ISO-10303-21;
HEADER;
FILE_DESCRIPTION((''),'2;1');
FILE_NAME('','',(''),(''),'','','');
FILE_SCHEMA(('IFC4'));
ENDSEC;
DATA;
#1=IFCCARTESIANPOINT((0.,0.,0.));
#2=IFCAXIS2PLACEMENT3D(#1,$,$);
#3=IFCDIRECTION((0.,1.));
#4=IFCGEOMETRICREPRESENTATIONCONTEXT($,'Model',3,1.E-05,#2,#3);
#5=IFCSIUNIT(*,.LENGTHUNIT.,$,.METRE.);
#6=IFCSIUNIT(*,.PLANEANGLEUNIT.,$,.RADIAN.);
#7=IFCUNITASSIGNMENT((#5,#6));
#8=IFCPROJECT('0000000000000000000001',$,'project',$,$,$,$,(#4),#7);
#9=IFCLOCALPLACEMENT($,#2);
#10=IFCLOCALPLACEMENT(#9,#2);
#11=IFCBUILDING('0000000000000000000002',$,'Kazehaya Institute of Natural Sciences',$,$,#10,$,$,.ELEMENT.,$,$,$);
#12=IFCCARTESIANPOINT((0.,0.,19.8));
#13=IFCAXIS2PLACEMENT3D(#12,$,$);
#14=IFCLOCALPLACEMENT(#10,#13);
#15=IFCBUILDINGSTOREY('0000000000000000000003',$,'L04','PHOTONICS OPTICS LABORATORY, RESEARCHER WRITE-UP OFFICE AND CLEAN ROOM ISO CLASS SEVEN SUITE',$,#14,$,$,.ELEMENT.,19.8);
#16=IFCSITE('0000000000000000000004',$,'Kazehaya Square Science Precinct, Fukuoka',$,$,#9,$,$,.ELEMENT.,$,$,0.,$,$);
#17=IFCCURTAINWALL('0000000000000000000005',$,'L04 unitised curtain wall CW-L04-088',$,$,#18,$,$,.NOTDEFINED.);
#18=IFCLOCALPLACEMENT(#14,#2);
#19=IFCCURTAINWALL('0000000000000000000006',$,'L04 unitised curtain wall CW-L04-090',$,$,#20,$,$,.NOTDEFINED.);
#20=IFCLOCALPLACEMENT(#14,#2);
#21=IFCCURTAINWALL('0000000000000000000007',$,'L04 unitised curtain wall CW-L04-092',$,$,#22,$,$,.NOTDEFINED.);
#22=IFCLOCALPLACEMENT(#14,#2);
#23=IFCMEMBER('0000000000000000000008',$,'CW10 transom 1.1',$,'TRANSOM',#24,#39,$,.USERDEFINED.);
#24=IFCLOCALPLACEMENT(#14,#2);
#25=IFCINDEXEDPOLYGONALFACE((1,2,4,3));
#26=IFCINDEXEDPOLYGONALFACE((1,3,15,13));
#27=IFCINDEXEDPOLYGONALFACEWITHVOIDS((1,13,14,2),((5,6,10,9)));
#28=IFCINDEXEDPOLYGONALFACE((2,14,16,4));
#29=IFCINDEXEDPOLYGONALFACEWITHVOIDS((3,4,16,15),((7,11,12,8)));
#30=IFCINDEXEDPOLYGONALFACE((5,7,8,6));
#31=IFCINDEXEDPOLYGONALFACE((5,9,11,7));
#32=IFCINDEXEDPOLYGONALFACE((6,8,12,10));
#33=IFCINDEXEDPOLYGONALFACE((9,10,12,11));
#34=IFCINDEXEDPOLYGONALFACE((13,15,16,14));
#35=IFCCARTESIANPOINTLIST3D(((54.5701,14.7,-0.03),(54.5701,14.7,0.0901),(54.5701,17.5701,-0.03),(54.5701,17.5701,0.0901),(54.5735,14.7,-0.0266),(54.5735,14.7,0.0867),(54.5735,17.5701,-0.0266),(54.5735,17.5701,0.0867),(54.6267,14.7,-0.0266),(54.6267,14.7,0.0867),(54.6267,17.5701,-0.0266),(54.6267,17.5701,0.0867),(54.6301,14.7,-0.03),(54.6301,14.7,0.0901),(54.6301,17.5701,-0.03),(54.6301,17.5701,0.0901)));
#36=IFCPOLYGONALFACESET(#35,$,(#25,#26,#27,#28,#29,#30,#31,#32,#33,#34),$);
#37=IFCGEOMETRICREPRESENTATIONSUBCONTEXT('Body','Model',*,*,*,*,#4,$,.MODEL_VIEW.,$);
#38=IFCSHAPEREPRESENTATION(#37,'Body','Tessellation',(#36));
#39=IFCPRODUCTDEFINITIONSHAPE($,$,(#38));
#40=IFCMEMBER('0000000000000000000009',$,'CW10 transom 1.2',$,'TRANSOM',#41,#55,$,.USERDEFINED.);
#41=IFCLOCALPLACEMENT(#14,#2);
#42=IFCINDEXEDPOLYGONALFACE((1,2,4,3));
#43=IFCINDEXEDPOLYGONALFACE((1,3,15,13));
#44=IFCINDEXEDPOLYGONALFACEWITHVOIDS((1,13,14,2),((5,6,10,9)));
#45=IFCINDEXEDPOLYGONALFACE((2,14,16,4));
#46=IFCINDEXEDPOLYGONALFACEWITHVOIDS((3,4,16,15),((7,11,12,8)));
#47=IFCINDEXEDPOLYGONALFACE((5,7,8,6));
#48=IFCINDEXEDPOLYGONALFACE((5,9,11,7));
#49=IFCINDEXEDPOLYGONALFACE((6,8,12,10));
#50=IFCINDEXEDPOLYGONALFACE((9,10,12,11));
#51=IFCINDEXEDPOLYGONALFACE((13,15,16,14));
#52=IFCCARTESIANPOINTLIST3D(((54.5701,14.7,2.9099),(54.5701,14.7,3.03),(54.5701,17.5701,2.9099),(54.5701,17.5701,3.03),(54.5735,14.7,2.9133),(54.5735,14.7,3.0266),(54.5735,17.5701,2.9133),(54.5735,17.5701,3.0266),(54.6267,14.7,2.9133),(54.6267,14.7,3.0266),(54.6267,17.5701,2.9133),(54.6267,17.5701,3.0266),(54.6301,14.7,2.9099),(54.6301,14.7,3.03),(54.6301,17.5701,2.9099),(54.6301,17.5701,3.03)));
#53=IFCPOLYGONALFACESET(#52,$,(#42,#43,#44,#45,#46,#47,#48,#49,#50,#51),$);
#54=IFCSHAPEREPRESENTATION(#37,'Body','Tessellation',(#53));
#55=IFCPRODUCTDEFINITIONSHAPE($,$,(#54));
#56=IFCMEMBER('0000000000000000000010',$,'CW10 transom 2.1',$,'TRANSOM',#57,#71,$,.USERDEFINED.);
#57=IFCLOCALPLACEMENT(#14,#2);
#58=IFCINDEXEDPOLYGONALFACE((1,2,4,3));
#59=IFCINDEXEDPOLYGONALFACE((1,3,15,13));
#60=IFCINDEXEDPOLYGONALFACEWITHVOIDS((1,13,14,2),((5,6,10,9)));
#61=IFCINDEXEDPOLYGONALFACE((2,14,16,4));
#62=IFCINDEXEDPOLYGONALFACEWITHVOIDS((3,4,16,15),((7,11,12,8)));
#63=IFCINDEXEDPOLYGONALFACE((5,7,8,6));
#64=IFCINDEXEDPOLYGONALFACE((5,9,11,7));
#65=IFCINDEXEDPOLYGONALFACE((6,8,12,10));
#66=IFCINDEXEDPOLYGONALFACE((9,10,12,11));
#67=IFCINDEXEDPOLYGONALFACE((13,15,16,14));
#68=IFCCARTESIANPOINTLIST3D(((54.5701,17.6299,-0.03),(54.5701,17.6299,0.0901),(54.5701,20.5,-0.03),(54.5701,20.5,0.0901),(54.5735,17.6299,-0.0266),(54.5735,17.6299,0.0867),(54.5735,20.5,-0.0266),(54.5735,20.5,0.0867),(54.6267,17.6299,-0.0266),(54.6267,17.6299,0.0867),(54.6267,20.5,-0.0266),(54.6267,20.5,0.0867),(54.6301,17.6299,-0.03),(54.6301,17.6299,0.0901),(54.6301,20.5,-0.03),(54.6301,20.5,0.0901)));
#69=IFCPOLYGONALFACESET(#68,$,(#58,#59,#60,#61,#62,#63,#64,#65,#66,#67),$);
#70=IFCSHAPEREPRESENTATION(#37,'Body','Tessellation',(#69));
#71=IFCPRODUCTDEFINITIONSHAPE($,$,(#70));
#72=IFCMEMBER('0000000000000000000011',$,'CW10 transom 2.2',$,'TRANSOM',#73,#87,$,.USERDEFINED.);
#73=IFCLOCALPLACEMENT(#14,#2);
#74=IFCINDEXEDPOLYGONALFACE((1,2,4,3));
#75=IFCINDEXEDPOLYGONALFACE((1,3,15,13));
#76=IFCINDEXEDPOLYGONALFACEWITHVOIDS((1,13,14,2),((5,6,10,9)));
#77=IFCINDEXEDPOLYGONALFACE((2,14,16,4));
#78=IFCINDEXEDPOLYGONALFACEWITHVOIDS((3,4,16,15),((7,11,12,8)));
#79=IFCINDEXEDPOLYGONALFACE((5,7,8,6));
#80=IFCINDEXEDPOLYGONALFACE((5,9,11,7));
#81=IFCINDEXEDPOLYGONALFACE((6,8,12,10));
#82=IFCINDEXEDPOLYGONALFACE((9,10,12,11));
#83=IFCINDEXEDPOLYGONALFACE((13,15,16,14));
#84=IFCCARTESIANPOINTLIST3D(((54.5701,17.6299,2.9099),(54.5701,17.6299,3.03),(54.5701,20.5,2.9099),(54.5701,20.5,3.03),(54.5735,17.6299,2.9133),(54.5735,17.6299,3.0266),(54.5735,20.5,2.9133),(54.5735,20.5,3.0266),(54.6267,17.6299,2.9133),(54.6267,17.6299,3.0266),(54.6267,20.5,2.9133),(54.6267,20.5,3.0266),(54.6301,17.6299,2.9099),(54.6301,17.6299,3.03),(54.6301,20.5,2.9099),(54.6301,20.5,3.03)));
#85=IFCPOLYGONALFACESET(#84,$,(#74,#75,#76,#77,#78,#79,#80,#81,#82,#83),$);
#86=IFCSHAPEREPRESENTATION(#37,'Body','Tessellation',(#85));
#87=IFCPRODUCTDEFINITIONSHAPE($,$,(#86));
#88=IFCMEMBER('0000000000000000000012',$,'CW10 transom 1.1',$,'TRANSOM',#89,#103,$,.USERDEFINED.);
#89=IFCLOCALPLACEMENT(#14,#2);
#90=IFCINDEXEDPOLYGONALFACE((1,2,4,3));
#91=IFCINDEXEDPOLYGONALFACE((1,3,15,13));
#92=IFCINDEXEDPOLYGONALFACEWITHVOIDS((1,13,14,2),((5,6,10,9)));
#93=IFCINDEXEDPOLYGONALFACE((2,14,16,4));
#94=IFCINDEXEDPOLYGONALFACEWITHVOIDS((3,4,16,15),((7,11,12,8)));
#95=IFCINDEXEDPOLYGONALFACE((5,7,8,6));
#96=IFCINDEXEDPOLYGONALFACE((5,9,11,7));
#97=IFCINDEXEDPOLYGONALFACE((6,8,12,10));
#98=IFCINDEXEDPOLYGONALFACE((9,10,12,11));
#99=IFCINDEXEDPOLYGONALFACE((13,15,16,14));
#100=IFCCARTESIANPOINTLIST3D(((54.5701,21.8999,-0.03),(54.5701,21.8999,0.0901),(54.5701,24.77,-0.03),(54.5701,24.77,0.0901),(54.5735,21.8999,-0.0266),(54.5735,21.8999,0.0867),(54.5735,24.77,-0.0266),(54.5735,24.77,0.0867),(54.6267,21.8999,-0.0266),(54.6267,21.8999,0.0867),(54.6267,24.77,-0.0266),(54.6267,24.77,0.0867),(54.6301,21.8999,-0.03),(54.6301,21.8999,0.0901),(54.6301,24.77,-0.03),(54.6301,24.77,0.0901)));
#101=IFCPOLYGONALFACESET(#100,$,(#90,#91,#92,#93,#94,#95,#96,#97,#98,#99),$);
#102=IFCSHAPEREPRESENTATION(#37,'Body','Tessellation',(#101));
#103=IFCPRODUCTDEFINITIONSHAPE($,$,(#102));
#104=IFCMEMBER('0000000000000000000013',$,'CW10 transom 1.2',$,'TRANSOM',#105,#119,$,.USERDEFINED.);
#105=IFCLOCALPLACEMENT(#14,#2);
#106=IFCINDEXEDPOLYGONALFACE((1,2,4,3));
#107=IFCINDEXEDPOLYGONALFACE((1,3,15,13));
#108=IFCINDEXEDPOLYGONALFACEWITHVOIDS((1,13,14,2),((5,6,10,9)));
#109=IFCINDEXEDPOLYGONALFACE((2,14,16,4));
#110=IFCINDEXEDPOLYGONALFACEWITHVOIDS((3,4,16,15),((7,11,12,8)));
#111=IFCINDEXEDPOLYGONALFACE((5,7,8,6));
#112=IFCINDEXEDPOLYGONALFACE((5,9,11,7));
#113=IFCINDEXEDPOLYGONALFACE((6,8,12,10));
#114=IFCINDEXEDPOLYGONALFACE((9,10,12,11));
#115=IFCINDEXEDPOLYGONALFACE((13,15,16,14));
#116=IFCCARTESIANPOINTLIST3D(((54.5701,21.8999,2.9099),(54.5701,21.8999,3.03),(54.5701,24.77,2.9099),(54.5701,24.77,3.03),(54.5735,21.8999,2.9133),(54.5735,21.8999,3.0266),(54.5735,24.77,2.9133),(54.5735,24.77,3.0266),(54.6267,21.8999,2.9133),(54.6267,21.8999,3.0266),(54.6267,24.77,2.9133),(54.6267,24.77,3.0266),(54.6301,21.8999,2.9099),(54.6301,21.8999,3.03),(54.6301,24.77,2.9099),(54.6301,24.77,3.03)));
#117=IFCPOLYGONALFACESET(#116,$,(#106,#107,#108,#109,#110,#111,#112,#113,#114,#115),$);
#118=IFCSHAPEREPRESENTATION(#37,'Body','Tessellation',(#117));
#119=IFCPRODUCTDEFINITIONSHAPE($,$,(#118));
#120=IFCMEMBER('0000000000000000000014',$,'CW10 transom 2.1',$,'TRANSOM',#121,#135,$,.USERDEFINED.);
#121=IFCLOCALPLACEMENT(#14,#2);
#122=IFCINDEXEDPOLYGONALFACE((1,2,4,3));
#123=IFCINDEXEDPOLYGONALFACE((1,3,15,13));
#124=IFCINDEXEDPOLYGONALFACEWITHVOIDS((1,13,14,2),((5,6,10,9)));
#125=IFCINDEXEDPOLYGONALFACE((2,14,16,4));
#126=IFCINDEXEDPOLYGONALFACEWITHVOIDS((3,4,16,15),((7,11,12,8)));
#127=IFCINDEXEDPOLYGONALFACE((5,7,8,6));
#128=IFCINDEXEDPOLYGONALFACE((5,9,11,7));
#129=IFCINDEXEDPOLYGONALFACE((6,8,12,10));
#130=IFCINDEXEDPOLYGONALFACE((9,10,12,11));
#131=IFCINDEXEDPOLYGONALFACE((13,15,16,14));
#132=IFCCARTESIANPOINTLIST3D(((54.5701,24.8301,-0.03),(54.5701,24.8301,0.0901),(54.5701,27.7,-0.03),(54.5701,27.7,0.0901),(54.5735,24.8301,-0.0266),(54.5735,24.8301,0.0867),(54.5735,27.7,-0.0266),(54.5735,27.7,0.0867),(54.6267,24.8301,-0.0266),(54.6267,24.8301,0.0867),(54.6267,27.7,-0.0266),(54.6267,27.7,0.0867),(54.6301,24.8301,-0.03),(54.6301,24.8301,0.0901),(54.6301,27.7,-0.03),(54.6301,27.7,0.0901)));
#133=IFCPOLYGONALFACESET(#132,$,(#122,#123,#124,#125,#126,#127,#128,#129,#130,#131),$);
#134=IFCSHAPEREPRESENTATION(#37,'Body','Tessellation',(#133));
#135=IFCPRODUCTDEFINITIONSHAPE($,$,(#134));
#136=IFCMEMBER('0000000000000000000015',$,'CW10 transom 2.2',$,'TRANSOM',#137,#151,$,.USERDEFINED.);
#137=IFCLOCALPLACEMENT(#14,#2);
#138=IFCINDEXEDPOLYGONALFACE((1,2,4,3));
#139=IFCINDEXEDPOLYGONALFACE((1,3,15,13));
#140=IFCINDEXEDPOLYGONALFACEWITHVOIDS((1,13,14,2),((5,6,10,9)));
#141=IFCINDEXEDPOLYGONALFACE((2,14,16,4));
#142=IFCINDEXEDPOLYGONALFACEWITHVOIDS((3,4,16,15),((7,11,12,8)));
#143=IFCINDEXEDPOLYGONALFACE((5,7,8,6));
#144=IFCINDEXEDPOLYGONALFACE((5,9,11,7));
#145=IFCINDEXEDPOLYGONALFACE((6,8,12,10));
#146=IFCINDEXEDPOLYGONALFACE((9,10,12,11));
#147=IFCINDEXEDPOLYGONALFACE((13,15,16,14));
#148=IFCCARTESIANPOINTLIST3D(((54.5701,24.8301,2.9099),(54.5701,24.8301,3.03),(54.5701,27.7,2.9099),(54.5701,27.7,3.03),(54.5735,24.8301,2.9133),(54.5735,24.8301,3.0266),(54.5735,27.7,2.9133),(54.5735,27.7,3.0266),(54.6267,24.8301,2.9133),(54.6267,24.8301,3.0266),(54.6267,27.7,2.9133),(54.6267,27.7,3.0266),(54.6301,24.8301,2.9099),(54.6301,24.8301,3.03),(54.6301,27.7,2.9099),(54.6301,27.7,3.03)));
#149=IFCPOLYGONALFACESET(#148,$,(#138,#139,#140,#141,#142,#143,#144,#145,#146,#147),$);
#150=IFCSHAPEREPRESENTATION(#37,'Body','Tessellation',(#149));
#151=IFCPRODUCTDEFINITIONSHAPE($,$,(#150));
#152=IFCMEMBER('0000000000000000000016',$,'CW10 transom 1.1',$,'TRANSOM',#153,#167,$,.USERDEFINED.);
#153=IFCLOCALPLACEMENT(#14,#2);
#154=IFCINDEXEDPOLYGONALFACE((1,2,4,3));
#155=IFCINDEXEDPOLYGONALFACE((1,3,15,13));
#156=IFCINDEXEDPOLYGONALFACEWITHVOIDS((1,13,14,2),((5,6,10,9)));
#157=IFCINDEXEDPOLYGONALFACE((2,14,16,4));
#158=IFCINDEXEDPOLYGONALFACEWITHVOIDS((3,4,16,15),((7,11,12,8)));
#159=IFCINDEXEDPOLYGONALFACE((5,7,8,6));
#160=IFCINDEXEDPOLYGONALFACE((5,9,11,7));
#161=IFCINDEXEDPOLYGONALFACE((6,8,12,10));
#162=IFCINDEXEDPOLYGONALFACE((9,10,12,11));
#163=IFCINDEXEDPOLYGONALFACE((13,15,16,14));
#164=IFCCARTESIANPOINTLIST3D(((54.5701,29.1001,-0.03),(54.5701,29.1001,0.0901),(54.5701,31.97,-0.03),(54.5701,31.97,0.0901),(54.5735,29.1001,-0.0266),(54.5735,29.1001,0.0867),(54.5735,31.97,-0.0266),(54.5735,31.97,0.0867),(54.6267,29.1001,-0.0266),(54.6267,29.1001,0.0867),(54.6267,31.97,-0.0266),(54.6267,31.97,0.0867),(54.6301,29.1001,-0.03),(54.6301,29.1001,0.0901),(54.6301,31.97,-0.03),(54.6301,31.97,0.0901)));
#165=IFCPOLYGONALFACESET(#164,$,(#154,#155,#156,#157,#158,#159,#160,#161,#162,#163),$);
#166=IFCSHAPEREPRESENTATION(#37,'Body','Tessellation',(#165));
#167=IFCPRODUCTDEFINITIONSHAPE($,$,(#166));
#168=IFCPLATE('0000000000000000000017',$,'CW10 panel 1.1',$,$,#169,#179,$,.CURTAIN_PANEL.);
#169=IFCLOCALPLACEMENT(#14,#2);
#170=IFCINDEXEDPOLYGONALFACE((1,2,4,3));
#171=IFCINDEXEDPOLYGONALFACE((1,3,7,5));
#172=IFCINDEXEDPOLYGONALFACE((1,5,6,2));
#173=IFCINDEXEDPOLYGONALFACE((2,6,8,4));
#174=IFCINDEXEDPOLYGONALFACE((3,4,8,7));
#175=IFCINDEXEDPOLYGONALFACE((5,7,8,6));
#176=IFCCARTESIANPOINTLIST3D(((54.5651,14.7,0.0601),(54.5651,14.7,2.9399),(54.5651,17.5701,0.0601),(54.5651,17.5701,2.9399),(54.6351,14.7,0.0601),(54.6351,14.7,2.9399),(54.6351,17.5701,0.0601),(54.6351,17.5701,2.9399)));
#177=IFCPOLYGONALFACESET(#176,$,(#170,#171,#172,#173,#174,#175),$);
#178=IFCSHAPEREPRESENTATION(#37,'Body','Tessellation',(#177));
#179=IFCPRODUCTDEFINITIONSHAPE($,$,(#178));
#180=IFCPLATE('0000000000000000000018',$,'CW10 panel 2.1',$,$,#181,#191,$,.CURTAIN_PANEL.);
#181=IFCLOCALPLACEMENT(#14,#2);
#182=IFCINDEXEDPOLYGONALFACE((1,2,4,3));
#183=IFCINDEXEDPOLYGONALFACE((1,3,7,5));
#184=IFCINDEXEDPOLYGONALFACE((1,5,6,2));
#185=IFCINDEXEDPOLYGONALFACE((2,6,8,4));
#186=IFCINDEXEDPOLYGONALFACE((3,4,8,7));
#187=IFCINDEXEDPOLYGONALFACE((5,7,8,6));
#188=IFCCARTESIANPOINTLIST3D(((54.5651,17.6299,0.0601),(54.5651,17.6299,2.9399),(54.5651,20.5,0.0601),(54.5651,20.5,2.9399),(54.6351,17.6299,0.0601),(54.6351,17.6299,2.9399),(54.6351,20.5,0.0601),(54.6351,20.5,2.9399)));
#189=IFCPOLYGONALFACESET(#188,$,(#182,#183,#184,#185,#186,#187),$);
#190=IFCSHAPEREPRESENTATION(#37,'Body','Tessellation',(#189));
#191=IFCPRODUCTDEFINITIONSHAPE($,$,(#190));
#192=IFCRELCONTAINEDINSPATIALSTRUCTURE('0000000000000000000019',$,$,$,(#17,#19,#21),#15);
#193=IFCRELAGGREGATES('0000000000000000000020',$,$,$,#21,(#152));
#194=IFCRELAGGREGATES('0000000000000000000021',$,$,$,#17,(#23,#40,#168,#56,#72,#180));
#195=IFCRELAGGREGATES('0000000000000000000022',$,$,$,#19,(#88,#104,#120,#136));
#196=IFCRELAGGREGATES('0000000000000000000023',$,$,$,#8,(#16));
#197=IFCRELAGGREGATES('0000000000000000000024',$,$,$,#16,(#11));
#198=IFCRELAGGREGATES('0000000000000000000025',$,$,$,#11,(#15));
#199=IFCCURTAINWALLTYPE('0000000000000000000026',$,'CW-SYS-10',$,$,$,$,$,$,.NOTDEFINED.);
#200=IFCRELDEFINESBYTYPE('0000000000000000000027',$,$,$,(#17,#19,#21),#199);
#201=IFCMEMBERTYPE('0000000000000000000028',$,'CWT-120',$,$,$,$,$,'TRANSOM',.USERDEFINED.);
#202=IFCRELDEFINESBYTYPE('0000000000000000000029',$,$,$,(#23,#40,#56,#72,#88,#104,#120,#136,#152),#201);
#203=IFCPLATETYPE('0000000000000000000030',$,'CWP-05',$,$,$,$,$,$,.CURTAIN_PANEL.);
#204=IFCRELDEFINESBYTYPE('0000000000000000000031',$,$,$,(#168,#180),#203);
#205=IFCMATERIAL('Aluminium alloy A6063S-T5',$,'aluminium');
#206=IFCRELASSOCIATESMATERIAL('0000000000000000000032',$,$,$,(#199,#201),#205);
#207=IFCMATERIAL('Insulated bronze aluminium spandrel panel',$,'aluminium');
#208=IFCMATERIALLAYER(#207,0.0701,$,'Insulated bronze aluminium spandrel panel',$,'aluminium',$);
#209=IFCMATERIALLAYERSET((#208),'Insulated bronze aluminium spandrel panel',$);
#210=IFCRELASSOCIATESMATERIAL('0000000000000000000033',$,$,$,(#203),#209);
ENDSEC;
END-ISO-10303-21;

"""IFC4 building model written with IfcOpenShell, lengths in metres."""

from ifc_helpers import new_model, si_unit, direction, frame, origin, origin_2d, place, context, subcontext, project, spatial, rectangle, hollow_rectangle, extrude, material, layer, layer_set, material_profile, profile_set, type_object, element, aggregate, save


model = new_model("IFC4")

# Units and contexts
model_context = context("Model", 3, precision=1e-05, world=origin(), true_north=direction((0.0, 1.0)))
body_context = subcontext(model_context, "Body", "Model", "MODEL_VIEW")
ifc_project = project(units=[si_unit("LENGTHUNIT", "METRE"), si_unit("PLANEANGLEUNIT", "RADIAN")], contexts=[model_context])

# Site, building, storey
site_placement = place(None, origin())
site = spatial("IfcSite", under=ifc_project, at=site_placement, Name="Kazehaya Square Science Precinct, Fukuoka", CompositionType="ELEMENT", RefElevation=0.0)
building_placement = place(site_placement, origin())
building = spatial("IfcBuilding", under=site, at=building_placement, Name="Kazehaya Institute of Natural Sciences", CompositionType="ELEMENT")
storey_placement = place(building_placement, frame((0.0, 0.0, 19.8)))
storey = spatial("IfcBuildingStorey", under=building, at=storey_placement, Name="L04", Description="PHOTONICS OPTICS LABORATORY, RESEARCHER WRITE-UP OFFICE AND CLEAN ROOM ISO CLASS SEVEN SUITE", CompositionType="ELEMENT", Elevation=19.8)

# Curtain walls
ifc_material_1 = material(Name="Aluminium alloy A6063S-T5", Category="aluminium")
curtain_wall_type = type_object("IfcCurtainWallType", Name="CW-SYS-10", PredefinedType="NOTDEFINED", material=ifc_material_1)
curtain_wall_1_placement = place(storey_placement, origin())
curtain_wall_1 = element("IfcCurtainWall", 1, at=curtain_wall_1_placement, inside=storey, type_object=curtain_wall_type, Name="L04 unitised curtain wall CW-L04-088", PredefinedType="NOTDEFINED")
curtain_wall_2_placement = place(storey_placement, origin())
curtain_wall_2 = element("IfcCurtainWall", 2, at=curtain_wall_2_placement, inside=storey, type_object=curtain_wall_type, Name="L04 unitised curtain wall CW-L04-090", PredefinedType="NOTDEFINED")

# Curtain wall
curtain_wall_3_placement = place(storey_placement, origin())
curtain_wall_3 = element("IfcCurtainWall", 3, at=curtain_wall_3_placement, inside=storey, type_object=curtain_wall_type, Name="L04 unitised curtain wall CW-L04-092", PredefinedType="NOTDEFINED")

# Members
ifc_material_profile_1 = material_profile(ifc_material_1, hollow_rectangle(XDim=0.0601, YDim=0.1201, WallThickness=0.0034, at=origin_2d()), Name="ALU-60x120x3.5")
ifc_profile_set_1 = profile_set([ifc_material_profile_1], Name="Aluminium alloy A6063S-T5")
member_type_1 = type_object("IfcMemberType", Name="CWT-120", ElementType="TRANSOM", PredefinedType="USERDEFINED", material=ifc_profile_set_1)
member_1_placement = place(storey_placement, frame((54.6001, 14.7, 0.03), z_axis=(0.0, 1.0, 0.0), x_axis=(-1.0, 0.0, 0.0)))
member_1 = element("IfcMember", 4, at=member_1_placement, type_object=member_type_1, Name="CW10 transom 1.1", ObjectType="TRANSOM", PredefinedType="USERDEFINED", context=body_context, shape_type="SweptSolid", body=[
    extrude(hollow_rectangle(XDim=0.0601, YDim=0.1201, WallThickness=0.0034, at=origin_2d()), origin(), (0.0, 0.0, 1.0), 2.8701),
])
member_2_placement = place(storey_placement, frame((54.6001, 14.7, 2.97), z_axis=(0.0, 1.0, 0.0), x_axis=(-1.0, 0.0, 0.0)))
member_2 = element("IfcMember", 5, at=member_2_placement, type_object=member_type_1, Name="CW10 transom 1.2", ObjectType="TRANSOM", PredefinedType="USERDEFINED", context=body_context, shape_type="SweptSolid", body=[
    extrude(hollow_rectangle(XDim=0.0601, YDim=0.1201, WallThickness=0.0034, at=origin_2d()), origin(), (0.0, 0.0, 1.0), 2.8701),
])
member_3_placement = place(storey_placement, frame((54.6001, 17.6299, 0.03), z_axis=(0.0, 1.0, 0.0), x_axis=(-1.0, 0.0, 0.0)))
member_3 = element("IfcMember", 6, at=member_3_placement, type_object=member_type_1, Name="CW10 transom 2.1", ObjectType="TRANSOM", PredefinedType="USERDEFINED", context=body_context, shape_type="SweptSolid", body=[
    extrude(hollow_rectangle(XDim=0.0601, YDim=0.1201, WallThickness=0.0034, at=origin_2d()), origin(), (0.0, 0.0, 1.0), 2.8701),
])
member_4_placement = place(storey_placement, frame((54.6001, 17.6299, 2.97), z_axis=(0.0, 1.0, 0.0), x_axis=(-1.0, 0.0, 0.0)))
member_4 = element("IfcMember", 7, at=member_4_placement, type_object=member_type_1, Name="CW10 transom 2.2", ObjectType="TRANSOM", PredefinedType="USERDEFINED", context=body_context, shape_type="SweptSolid", body=[
    extrude(hollow_rectangle(XDim=0.0601, YDim=0.1201, WallThickness=0.0034, at=origin_2d()), origin(), (0.0, 0.0, 1.0), 2.8701),
])
member_5_placement = place(storey_placement, frame((54.6001, 21.8999, 0.03), z_axis=(0.0, 1.0, 0.0), x_axis=(-1.0, 0.0, 0.0)))
member_5 = element("IfcMember", 8, at=member_5_placement, type_object=member_type_1, Name="CW10 transom 1.1", ObjectType="TRANSOM", PredefinedType="USERDEFINED", context=body_context, shape_type="SweptSolid", body=[
    extrude(hollow_rectangle(XDim=0.0601, YDim=0.1201, WallThickness=0.0034, at=origin_2d()), origin(), (0.0, 0.0, 1.0), 2.8701),
])
member_6_placement = place(storey_placement, frame((54.6001, 21.8999, 2.97), z_axis=(0.0, 1.0, 0.0), x_axis=(-1.0, 0.0, 0.0)))
member_6 = element("IfcMember", 9, at=member_6_placement, type_object=member_type_1, Name="CW10 transom 1.2", ObjectType="TRANSOM", PredefinedType="USERDEFINED", context=body_context, shape_type="SweptSolid", body=[
    extrude(hollow_rectangle(XDim=0.0601, YDim=0.1201, WallThickness=0.0034, at=origin_2d()), origin(), (0.0, 0.0, 1.0), 2.8701),
])
member_7_placement = place(storey_placement, frame((54.6001, 24.8301, 0.03), z_axis=(0.0, 1.0, 0.0), x_axis=(-1.0, 0.0, 0.0)))
member_7 = element("IfcMember", 10, at=member_7_placement, type_object=member_type_1, Name="CW10 transom 2.1", ObjectType="TRANSOM", PredefinedType="USERDEFINED", context=body_context, shape_type="SweptSolid", body=[
    extrude(hollow_rectangle(XDim=0.0601, YDim=0.1201, WallThickness=0.0034, at=origin_2d()), origin(), (0.0, 0.0, 1.0), 2.8699),
])
member_8_placement = place(storey_placement, frame((54.6001, 24.8301, 2.97), z_axis=(0.0, 1.0, 0.0), x_axis=(-1.0, 0.0, 0.0)))
member_8 = element("IfcMember", 11, at=member_8_placement, type_object=member_type_1, Name="CW10 transom 2.2", ObjectType="TRANSOM", PredefinedType="USERDEFINED", context=body_context, shape_type="SweptSolid", body=[
    extrude(hollow_rectangle(XDim=0.0601, YDim=0.1201, WallThickness=0.0034, at=origin_2d()), origin(), (0.0, 0.0, 1.0), 2.8699),
])
member_9_placement = place(storey_placement, frame((54.6001, 29.1001, 0.03), z_axis=(0.0, 1.0, 0.0), x_axis=(-1.0, 0.0, 0.0)))
member_9 = element("IfcMember", 12, at=member_9_placement, type_object=member_type_1, Name="CW10 transom 1.1", ObjectType="TRANSOM", PredefinedType="USERDEFINED", context=body_context, shape_type="SweptSolid", body=[
    extrude(hollow_rectangle(XDim=0.0601, YDim=0.1201, WallThickness=0.0034, at=origin_2d()), origin(), (0.0, 0.0, 1.0), 2.8699),
])
aggregate(curtain_wall_3, [member_9])

# Plates
ifc_material_2 = material(Name="Insulated bronze aluminium spandrel panel", Category="aluminium")
ifc_layer = layer(ifc_material_2, 0.0701, Name="Insulated bronze aluminium spandrel panel", Category="aluminium")
ifc_layer_set = layer_set([ifc_layer], Name="Insulated bronze aluminium spandrel panel")
plate_type = type_object("IfcPlateType", Name="CWP-05", PredefinedType="CURTAIN_PANEL", material=ifc_layer_set)
plate_1_placement = place(storey_placement, frame((54.6001, 16.135, 0.0601), z_axis=(0.0, 0.0, 1.0), x_axis=(0.0, 1.0, 0.0)))
plate_1 = element("IfcPlate", 13, at=plate_1_placement, type_object=plate_type, Name="CW10 panel 1.1", PredefinedType="CURTAIN_PANEL", context=body_context, shape_type="SweptSolid", body=[
    extrude(rectangle(XDim=2.8701, YDim=0.0701, at=origin_2d()), origin(), (0.0, 0.0, 1.0), 2.8799),
])
plate_2_placement = place(storey_placement, frame((54.6001, 19.0649, 0.0601), z_axis=(0.0, 0.0, 1.0), x_axis=(0.0, 1.0, 0.0)))
plate_2 = element("IfcPlate", 14, at=plate_2_placement, type_object=plate_type, Name="CW10 panel 2.1", PredefinedType="CURTAIN_PANEL", context=body_context, shape_type="SweptSolid", body=[
    extrude(rectangle(XDim=2.8701, YDim=0.0701, at=origin_2d()), origin(), (0.0, 0.0, 1.0), 2.8799),
])
aggregate(curtain_wall_1, [member_1, member_2, plate_1, member_3, member_4, plate_2])
aggregate(curtain_wall_2, [member_5, member_6, member_7, member_8])

save(model, "model.ifc")
